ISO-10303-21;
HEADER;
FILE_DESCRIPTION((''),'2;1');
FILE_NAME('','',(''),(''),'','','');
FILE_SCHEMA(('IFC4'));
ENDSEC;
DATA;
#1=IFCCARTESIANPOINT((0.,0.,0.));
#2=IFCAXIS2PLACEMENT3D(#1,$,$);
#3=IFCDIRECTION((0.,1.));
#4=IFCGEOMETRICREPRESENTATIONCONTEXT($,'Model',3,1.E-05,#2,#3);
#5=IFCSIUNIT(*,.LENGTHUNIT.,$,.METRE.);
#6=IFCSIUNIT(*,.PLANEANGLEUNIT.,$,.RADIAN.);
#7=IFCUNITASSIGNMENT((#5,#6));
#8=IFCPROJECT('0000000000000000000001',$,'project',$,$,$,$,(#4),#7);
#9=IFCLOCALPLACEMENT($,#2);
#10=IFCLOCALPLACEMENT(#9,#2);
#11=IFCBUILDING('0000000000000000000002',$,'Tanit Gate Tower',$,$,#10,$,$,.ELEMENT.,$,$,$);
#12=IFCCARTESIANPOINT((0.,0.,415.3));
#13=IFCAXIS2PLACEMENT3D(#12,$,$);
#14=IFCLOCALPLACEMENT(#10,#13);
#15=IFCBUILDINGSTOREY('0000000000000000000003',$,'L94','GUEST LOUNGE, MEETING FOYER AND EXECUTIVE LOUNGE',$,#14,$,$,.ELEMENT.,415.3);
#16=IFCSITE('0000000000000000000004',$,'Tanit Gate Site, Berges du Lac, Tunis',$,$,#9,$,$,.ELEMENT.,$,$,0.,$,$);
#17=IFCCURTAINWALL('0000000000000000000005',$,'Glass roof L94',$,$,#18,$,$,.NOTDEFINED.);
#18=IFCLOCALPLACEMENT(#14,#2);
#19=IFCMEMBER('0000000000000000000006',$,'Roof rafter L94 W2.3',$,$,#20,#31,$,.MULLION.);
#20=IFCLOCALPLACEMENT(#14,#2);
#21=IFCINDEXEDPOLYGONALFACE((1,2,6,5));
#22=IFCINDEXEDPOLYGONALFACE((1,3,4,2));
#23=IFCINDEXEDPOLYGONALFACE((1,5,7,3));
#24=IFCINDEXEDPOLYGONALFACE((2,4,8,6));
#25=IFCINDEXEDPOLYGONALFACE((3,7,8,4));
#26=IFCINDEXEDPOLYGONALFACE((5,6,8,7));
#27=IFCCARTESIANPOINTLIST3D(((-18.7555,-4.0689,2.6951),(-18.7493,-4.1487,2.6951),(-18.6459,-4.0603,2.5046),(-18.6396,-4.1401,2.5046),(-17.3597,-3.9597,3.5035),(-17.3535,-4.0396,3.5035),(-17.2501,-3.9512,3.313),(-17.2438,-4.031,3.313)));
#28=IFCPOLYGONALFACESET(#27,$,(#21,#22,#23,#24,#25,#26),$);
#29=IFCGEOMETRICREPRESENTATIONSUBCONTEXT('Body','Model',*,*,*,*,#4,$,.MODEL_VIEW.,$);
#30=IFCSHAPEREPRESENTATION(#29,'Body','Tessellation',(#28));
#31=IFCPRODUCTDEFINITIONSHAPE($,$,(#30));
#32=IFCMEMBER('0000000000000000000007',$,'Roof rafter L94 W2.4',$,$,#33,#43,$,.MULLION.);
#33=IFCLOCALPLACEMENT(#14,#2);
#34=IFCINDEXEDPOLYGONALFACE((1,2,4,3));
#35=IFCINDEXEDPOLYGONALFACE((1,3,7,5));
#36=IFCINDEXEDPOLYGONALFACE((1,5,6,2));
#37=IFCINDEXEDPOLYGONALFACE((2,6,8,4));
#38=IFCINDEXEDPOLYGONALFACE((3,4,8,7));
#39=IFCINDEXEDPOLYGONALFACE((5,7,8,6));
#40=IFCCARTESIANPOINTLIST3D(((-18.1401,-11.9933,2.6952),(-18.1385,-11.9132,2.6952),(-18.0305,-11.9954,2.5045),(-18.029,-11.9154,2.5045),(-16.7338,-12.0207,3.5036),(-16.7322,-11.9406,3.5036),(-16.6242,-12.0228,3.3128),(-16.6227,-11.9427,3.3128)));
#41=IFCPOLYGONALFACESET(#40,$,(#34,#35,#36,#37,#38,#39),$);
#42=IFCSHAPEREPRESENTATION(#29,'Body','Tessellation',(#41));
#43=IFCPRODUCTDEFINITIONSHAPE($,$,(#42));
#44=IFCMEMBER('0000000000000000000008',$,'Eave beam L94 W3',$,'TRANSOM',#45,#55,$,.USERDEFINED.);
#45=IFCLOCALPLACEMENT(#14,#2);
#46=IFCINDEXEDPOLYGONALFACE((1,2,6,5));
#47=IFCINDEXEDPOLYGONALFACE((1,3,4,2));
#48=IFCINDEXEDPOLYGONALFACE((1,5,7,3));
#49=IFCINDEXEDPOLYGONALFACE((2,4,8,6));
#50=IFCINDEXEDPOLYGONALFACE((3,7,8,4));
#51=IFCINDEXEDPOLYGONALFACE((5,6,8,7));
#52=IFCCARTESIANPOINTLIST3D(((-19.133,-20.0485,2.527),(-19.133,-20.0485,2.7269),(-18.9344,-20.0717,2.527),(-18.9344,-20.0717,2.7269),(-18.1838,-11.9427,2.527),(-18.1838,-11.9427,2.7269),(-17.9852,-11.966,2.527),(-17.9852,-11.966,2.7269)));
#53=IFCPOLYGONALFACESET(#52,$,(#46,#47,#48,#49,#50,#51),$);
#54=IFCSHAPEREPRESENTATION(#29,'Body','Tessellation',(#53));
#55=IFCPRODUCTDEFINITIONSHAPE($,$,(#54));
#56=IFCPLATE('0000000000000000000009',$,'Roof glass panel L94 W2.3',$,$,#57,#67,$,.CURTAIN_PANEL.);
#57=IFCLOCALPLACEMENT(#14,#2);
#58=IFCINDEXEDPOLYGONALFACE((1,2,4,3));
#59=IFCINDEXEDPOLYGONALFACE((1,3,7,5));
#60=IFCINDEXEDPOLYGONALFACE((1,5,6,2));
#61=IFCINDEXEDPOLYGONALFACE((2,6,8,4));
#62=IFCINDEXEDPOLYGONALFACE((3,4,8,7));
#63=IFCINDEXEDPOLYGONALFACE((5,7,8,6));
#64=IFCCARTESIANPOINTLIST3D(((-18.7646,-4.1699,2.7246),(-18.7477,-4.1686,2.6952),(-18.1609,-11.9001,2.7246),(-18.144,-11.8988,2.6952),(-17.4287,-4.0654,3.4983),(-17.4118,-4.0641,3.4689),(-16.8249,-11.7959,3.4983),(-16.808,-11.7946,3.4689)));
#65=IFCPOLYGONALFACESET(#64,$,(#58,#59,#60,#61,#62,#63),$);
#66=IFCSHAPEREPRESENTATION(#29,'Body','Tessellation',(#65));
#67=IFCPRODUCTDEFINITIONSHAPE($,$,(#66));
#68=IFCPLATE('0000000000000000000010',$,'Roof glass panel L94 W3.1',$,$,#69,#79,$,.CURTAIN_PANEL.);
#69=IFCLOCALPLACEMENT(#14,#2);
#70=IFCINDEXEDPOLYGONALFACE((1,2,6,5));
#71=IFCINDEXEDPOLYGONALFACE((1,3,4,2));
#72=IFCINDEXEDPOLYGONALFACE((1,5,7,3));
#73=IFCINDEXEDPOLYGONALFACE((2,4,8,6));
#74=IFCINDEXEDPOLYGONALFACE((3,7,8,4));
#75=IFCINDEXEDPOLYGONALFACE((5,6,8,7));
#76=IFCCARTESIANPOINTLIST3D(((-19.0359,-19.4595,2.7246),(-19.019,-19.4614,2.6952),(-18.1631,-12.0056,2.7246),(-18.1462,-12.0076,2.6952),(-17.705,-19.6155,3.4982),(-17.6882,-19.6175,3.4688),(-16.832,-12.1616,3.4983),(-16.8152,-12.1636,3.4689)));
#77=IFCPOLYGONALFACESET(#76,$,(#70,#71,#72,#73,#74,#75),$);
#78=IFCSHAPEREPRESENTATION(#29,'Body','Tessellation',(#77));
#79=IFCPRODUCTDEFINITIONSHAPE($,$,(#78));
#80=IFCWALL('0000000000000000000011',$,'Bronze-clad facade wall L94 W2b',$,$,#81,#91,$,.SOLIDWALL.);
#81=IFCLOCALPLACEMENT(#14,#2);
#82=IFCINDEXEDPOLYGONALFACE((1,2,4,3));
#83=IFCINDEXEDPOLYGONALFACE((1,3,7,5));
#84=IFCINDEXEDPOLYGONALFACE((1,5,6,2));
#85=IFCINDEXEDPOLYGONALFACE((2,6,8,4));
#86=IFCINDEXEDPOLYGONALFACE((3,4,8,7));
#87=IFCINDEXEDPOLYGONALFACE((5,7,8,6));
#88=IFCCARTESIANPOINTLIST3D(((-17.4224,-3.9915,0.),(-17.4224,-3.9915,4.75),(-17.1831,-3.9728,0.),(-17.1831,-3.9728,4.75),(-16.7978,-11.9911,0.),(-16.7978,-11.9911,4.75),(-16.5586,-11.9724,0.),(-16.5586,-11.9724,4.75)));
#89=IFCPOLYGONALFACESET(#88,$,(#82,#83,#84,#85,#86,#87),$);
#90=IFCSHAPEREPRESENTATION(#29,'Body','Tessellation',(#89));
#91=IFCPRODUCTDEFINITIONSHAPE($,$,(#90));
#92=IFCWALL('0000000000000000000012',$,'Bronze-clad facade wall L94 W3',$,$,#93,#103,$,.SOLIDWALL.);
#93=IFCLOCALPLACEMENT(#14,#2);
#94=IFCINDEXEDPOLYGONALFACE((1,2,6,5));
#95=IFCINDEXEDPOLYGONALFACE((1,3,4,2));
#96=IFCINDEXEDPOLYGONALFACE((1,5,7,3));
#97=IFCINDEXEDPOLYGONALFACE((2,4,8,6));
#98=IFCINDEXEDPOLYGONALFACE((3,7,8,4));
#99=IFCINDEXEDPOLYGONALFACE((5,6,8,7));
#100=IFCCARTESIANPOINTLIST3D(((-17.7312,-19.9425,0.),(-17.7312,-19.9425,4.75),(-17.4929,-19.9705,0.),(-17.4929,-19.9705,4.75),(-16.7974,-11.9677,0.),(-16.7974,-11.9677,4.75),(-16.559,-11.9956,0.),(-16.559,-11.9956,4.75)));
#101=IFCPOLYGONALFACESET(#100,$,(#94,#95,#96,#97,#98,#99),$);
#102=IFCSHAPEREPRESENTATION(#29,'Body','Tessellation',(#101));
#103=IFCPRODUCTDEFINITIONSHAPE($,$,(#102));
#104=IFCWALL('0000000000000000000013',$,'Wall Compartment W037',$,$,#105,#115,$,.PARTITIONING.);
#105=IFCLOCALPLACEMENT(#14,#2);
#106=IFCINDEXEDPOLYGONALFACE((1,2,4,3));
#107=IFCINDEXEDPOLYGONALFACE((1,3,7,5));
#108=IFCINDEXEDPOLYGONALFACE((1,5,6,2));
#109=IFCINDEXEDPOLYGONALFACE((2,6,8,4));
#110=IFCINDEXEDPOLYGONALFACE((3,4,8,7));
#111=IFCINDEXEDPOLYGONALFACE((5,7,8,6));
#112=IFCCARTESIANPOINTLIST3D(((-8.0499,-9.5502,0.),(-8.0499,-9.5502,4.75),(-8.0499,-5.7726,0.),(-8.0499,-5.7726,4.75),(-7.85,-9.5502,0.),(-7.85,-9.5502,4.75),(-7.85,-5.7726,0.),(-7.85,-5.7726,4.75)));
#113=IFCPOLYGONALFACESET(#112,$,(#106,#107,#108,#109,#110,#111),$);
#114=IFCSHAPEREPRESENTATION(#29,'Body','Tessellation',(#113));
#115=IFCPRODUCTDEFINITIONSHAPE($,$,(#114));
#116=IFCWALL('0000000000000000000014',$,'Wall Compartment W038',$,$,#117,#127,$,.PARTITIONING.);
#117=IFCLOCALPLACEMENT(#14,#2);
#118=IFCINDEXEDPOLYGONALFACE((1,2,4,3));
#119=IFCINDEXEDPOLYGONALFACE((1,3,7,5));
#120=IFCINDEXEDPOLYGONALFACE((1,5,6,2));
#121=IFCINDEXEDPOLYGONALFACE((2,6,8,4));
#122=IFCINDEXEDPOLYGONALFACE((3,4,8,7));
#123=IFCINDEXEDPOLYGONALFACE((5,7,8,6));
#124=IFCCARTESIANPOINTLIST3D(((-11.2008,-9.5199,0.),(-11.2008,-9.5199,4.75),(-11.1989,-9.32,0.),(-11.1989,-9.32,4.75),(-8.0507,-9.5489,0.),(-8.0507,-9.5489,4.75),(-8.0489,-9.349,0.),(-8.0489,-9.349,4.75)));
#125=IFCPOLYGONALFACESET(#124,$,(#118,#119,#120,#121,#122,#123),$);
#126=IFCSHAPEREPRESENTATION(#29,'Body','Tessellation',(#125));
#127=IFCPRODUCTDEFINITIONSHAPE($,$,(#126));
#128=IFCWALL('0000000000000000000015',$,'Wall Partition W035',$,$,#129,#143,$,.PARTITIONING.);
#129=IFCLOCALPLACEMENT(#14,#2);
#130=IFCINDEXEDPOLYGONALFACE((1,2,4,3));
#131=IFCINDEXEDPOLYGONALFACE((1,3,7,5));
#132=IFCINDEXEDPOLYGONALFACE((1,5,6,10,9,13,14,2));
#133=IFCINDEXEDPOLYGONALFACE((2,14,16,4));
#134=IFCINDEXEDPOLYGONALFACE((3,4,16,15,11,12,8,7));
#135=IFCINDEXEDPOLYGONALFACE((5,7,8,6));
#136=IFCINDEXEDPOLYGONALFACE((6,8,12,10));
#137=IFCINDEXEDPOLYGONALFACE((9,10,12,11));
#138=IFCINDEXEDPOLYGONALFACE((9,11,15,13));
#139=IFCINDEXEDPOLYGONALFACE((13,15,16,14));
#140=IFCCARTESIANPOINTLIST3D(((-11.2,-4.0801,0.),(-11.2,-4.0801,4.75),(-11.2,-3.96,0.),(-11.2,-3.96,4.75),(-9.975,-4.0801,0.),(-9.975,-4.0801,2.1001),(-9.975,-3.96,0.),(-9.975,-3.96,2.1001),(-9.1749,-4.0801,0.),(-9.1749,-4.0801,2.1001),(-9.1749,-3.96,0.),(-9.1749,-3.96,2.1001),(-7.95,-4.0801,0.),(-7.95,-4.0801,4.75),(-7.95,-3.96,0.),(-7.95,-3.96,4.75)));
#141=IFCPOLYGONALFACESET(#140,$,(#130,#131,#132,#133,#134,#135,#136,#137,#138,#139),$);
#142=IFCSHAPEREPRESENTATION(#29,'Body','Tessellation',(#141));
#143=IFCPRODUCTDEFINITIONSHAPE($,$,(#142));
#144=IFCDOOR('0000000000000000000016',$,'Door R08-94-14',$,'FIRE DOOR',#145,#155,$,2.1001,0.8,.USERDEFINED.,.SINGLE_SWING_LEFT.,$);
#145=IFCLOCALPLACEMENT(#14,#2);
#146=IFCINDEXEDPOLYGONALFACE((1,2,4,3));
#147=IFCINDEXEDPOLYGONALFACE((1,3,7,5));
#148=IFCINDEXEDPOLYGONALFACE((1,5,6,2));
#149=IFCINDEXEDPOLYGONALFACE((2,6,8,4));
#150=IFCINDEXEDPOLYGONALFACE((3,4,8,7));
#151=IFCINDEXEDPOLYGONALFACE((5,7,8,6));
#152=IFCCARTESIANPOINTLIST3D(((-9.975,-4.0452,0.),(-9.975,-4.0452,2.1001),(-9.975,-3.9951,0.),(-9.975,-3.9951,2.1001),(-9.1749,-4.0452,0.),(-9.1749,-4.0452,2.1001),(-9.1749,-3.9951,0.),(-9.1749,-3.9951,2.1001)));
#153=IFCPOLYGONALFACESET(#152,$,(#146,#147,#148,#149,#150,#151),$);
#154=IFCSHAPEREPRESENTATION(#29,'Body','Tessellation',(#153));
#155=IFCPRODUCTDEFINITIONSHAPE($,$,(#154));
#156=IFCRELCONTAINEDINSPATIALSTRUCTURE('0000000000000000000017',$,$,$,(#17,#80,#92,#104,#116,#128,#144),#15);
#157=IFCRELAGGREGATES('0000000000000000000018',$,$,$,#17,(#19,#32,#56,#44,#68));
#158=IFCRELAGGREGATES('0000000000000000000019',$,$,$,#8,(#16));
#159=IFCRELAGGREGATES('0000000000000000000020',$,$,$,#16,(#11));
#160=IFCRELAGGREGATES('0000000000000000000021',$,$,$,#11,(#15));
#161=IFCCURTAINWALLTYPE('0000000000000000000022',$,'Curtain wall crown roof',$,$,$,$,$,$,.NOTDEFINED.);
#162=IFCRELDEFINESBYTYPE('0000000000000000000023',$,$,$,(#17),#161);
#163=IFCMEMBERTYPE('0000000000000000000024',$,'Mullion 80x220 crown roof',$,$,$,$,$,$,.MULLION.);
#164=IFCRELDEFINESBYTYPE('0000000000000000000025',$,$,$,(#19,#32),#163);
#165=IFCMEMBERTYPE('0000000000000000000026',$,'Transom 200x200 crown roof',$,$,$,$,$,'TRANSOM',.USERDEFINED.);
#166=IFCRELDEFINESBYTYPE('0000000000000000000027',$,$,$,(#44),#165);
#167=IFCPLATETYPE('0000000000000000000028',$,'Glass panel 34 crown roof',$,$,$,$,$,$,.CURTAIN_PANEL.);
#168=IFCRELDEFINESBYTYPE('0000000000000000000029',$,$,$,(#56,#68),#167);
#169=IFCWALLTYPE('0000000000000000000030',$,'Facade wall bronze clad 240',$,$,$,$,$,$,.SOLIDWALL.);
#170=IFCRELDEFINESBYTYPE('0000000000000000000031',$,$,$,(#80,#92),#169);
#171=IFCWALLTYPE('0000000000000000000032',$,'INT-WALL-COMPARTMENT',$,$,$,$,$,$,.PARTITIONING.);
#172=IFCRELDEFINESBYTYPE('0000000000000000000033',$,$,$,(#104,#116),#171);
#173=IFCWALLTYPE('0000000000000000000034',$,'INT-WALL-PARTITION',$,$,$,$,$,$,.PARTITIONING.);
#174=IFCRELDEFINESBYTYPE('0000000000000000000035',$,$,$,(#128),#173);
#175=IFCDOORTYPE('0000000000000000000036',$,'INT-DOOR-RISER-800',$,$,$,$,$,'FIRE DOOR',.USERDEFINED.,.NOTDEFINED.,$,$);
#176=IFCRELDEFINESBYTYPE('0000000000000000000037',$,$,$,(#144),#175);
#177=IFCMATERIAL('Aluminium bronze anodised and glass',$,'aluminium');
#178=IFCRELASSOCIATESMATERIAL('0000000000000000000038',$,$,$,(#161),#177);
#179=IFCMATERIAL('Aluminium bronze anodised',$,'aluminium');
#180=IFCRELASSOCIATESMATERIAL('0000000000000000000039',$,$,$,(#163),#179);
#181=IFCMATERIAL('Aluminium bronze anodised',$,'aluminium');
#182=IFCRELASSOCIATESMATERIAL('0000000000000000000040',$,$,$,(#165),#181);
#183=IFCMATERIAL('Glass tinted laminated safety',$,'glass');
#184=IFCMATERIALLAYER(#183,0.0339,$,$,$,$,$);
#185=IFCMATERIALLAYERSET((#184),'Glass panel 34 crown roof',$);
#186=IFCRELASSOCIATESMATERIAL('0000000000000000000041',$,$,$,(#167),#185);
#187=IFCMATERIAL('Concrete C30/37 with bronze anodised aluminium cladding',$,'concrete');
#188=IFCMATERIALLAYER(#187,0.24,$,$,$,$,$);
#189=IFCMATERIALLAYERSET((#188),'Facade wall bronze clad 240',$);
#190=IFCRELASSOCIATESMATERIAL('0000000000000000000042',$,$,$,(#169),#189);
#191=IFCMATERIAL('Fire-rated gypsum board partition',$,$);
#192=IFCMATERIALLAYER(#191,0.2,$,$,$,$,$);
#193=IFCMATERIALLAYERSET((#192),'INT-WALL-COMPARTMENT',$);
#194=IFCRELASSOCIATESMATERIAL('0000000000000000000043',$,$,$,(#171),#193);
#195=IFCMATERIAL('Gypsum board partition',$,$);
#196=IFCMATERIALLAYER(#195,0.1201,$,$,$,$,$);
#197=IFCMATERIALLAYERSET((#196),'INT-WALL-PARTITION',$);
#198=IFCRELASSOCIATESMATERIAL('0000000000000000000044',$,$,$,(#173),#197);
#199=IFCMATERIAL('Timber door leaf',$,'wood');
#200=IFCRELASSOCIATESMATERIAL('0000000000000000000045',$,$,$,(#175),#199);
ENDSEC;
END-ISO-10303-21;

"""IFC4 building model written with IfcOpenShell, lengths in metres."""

from ifc_helpers import new_model, si_unit, direction, frame, frame_2d, origin, origin_2d, place, context, subcontext, project, spatial, polyline, rectangle, outline, extrude, material, layer, layer_set, material_profile, profile_set, type_object, element, fill, aggregate, save


model = new_model("IFC4")

# Units and contexts
model_context = context("Model", 3, precision=1e-05, world=origin(), true_north=direction((0.0, 1.0)))
body_context = subcontext(model_context, "Body", "Model", "MODEL_VIEW")
ifc_project = project(units=[si_unit("LENGTHUNIT", "METRE"), si_unit("PLANEANGLEUNIT", "RADIAN")], contexts=[model_context])

# Site, building, storey
site_placement = place(None, origin())
site = spatial("IfcSite", under=ifc_project, at=site_placement, Name="Tanit Gate Site, Berges du Lac, Tunis", CompositionType="ELEMENT", RefElevation=0.0)
building_placement = place(site_placement, origin())
building = spatial("IfcBuilding", under=site, at=building_placement, Name="Tanit Gate Tower", CompositionType="ELEMENT")
storey_placement = place(building_placement, frame((0.0, 0.0, 415.3)))
storey = spatial("IfcBuildingStorey", under=building, at=storey_placement, Name="L94", Description="GUEST LOUNGE, MEETING FOYER AND EXECUTIVE LOUNGE", CompositionType="ELEMENT", Elevation=415.3)

# Curtain wall, members, plates
ifc_material_1 = material(Name="Aluminium bronze anodised and glass", Category="aluminium")
curtain_wall_type = type_object("IfcCurtainWallType", Name="Curtain wall crown roof", PredefinedType="NOTDEFINED", material=ifc_material_1)
curtain_wall_placement = place(storey_placement, origin())
curtain_wall = element("IfcCurtainWall", 1, at=curtain_wall_placement, inside=storey, type_object=curtain_wall_type, Name="Glass roof L94", PredefinedType="NOTDEFINED")
ifc_material_2 = material(Name="Aluminium bronze anodised", Category="aluminium")
ifc_material_profile_1 = material_profile(ifc_material_2, rectangle(XDim=0.0801, YDim=0.22, at=origin_2d()), Name="80x220 bronze rafter")
ifc_profile_set_1 = profile_set([ifc_material_profile_1], Name="Aluminium bronze anodised")
member_type_1 = type_object("IfcMemberType", Name="Mullion 80x220 crown roof", PredefinedType="MULLION", material=ifc_profile_set_1)
member_1_placement = place(storey_placement, frame((-17.3018, -3.9954, 3.4082), z_axis=(-0.863376, -0.067506, -0.500024), x_axis=(0.07795, -0.996957, 0.0)))
member_1 = element("IfcMember", 2, at=member_1_placement, type_object=member_type_1, Name="Roof rafter L94 W2.3", PredefinedType="MULLION", context=body_context, shape_type="SweptSolid", body=[
    extrude(rectangle(XDim=0.0801, YDim=0.22, at=origin_2d()), origin(), (0.0, 0.0, 1.0), 1.6167),
])
member_2_placement = place(storey_placement, frame((-16.6782, -11.9817, 3.4082), z_axis=(-0.866848, 0.016855, -0.498287), x_axis=(-0.019441, -0.999811, 0.0)))
member_2 = element("IfcMember", 3, at=member_2_placement, type_object=member_type_1, Name="Roof rafter L94 W2.4", PredefinedType="MULLION", context=body_context, shape_type="SweptSolid", body=[
    extrude(rectangle(XDim=0.0801, YDim=0.22, at=origin_2d()), origin(), (0.0, 0.0, 1.0), 1.6223),
])
ifc_material_3 = material(Name="Aluminium bronze anodised", Category="aluminium")
ifc_material_profile_2 = material_profile(ifc_material_3, rectangle(XDim=0.2, YDim=0.2, at=origin_2d()), Name="200x200 bronze transom")
ifc_profile_set_2 = profile_set([ifc_material_profile_2], Name="Aluminium bronze anodised")
member_type_2 = type_object("IfcMemberType", Name="Transom 200x200 crown roof", ElementType="TRANSOM", PredefinedType="USERDEFINED", material=ifc_profile_set_2)
member_3_placement = place(storey_placement, frame((-18.0845, -11.9543, 2.627), z_axis=(-0.11631, -0.993213, 0.0), x_axis=(0.993213, -0.11631, 0.0)))
member_3 = element("IfcMember", 4, at=member_3_placement, type_object=member_type_2, Name="Eave beam L94 W3", ObjectType="TRANSOM", PredefinedType="USERDEFINED", context=body_context, shape_type="SweptSolid", body=[
    extrude(rectangle(XDim=0.2, YDim=0.2, at=origin_2d()), origin(), (0.0, 0.0, 1.0), 8.1611),
])
ifc_material_4 = material(Name="Glass tinted laminated safety", Category="glass")
ifc_layer_1 = layer(ifc_material_4, 0.0339)
ifc_layer_set_1 = layer_set([ifc_layer_1], Name="Glass panel 34 crown roof")
plate_type = type_object("IfcPlateType", Name="Glass panel 34 crown roof", PredefinedType="CURTAIN_PANEL", material=ifc_layer_set_1)
plate_1_placement = place(storey_placement, frame((-17.4287, -4.0654, 3.4983), z_axis=(-0.498495, -0.038934, 0.866018), x_axis=(0.077865, -0.996964, -0.000001)))
plate_1 = element("IfcPlate", 5, at=plate_1_placement, type_object=plate_type, Name="Roof glass panel L94 W2.3", PredefinedType="CURTAIN_PANEL", context=body_context, shape_type="SweptSolid", body=[
    extrude(outline(polyline([(0.0, 0.0), (7.754, 0.0), (7.7539, -1.5473), (0.0002, -1.5473), (0.0, 0.0)])), origin(), (0.0, 0.0, -1.0), 0.0339),
])
plate_2_placement = place(storey_placement, frame((-16.832, -12.1616, 3.4983), z_axis=(-0.496609, 0.058158, 0.866024), x_axis=(-0.116328, -0.993211, -0.000007)))
plate_2 = element("IfcPlate", 6, at=plate_2_placement, type_object=plate_type, Name="Roof glass panel L94 W3.1", PredefinedType="CURTAIN_PANEL", context=body_context, shape_type="SweptSolid", body=[
    extrude(outline(polyline([(0.0, 0.0), (7.5048, 0.0), (7.5047, -1.5472), (-0.0001, -1.5475), (0.0, 0.0)])), origin(), (0.0, 0.0, -1.0), 0.0339),
])
aggregate(curtain_wall, [member_1, member_2, plate_1, member_3, plate_2])

# Walls
ifc_material_5 = material(Name="Concrete C30/37 with bronze anodised aluminium cladding", Category="concrete")
ifc_layer_2 = layer(ifc_material_5, 0.24)
ifc_layer_set_2 = layer_set([ifc_layer_2], Name="Facade wall bronze clad 240")
wall_type_1 = type_object("IfcWallType", Name="Facade wall bronze clad 240", PredefinedType="SOLIDWALL", material=ifc_layer_set_2)
wall_1_placement = place(storey_placement, frame((-17.3027, -3.9822, 0.0), z_axis=(0.0, 0.0, 1.0), x_axis=(0.077832, -0.996966, 0.0)))
element("IfcWall", 7, at=wall_1_placement, inside=storey, type_object=wall_type_1, Name="Bronze-clad facade wall L94 W2b", PredefinedType="SOLIDWALL", context=body_context, shape_type="SweptSolid", body=[
    extrude(rectangle(XDim=8.0239, YDim=0.24, at=frame_2d((4.012, 0.0))), origin(), (0.0, 0.0, 1.0), 4.75),
])
wall_2_placement = place(storey_placement, frame((-16.6782, -11.9817, 0.0), z_axis=(0.0, 0.0, 1.0), x_axis=(-0.116303, -0.993214, 0.0)))
element("IfcWall", 8, at=wall_2_placement, inside=storey, type_object=wall_type_1, Name="Bronze-clad facade wall L94 W3", PredefinedType="SOLIDWALL", context=body_context, shape_type="SweptSolid", body=[
    extrude(rectangle(XDim=8.0293, YDim=0.24, at=frame_2d((4.0146, 0.0))), origin(), (0.0, 0.0, 1.0), 4.75),
])
ifc_material_6 = material(Name="Fire-rated gypsum board partition")
ifc_layer_3 = layer(ifc_material_6, 0.2)
ifc_layer_set_3 = layer_set([ifc_layer_3], Name="INT-WALL-COMPARTMENT")
wall_type_2 = type_object("IfcWallType", Name="INT-WALL-COMPARTMENT", PredefinedType="PARTITIONING", material=ifc_layer_set_3)
wall_3_placement = place(storey_placement, frame((-7.95, -9.55, 0.0), z_axis=(0.0, 0.0, 1.0), x_axis=(0.0, 1.0, 0.0)))
element("IfcWall", 9, at=wall_3_placement, inside=storey, type_object=wall_type_2, Name="Wall Compartment W037", PredefinedType="PARTITIONING", context=body_context, shape_type="SweptSolid", body=[
    extrude(rectangle(XDim=3.7776, YDim=0.2, at=frame_2d((1.8887, 0.0))), origin(), (0.0, 0.0, 1.0), 4.75),
])
wall_4_placement = place(storey_placement, frame((-11.2, -9.4199, 0.0), z_axis=(0.0, 0.0, 1.0), x_axis=(0.999957, -0.009223, 0.0)))
element("IfcWall", 10, at=wall_4_placement, inside=storey, type_object=wall_type_2, Name="Wall Compartment W038", PredefinedType="PARTITIONING", context=body_context, shape_type="SweptSolid", body=[
    extrude(rectangle(XDim=3.1501, YDim=0.2, at=frame_2d((1.5752, 0.0))), origin(), (0.0, 0.0, 1.0), 4.75),
])

# Wall, opening, door
ifc_material_7 = material(Name="Gypsum board partition")
ifc_layer_4 = layer(ifc_material_7, 0.1201)
ifc_layer_set_4 = layer_set([ifc_layer_4], Name="INT-WALL-PARTITION")
wall_type_3 = type_object("IfcWallType", Name="INT-WALL-PARTITION", PredefinedType="PARTITIONING", material=ifc_layer_set_4)
wall_5_placement = place(storey_placement, frame((-11.2, -4.02, 0.0), z_axis=(0.0, 0.0, 1.0), x_axis=(1.0, 0.0, 0.0)))
wall_5 = element("IfcWall", 11, at=wall_5_placement, inside=storey, type_object=wall_type_3, Name="Wall Partition W035", PredefinedType="PARTITIONING", context=body_context, shape_type="SweptSolid", body=[
    extrude(rectangle(XDim=3.25, YDim=0.1201, at=frame_2d((1.625, 0.0))), origin(), (0.0, 0.0, 1.0), 4.75),
])
opening_1_placement = place(wall_5_placement, frame((1.2251, 0.0, 0.0)))
opening_1 = element("IfcOpeningElement", 12, at=opening_1_placement, cuts=wall_5, PredefinedType="OPENING", context=body_context, shape_type="SweptSolid", body=[
    extrude(rectangle(XDim=0.8, YDim=2.1001, at=frame_2d((0.3999, 1.05))), frame((0.0, 0.0701, 0.0), z_axis=(0.0, -1.0, 0.0), x_axis=(1.0, 0.0, 0.0)), (0.0, 0.0, 1.0), 0.1401),
])
ifc_material_8 = material(Name="Timber door leaf", Category="wood")
door_type = type_object("IfcDoorType", Name="INT-DOOR-RISER-800", ElementType="FIRE DOOR", OperationType="NOTDEFINED", PredefinedType="USERDEFINED", material=ifc_material_8)
door_1_placement = place(opening_1_placement, origin())
door_1 = element("IfcDoor", 13, at=door_1_placement, inside=storey, type_object=door_type, Name="Door R08-94-14", ObjectType="FIRE DOOR", OperationType="SINGLE_SWING_LEFT", OverallHeight=2.1001, OverallWidth=0.8, PredefinedType="USERDEFINED", context=body_context, shape_type="SweptSolid", body=[
    extrude(rectangle(XDim=0.8, YDim=2.1001, at=frame_2d((0.3999, 1.05))), frame((0.0, 0.0249, 0.0), z_axis=(0.0, -1.0, 0.0), x_axis=(1.0, 0.0, 0.0)), (0.0, 0.0, 1.0), 0.05),
])
fill(opening_1, door_1)

save(model, "model.ifc")
